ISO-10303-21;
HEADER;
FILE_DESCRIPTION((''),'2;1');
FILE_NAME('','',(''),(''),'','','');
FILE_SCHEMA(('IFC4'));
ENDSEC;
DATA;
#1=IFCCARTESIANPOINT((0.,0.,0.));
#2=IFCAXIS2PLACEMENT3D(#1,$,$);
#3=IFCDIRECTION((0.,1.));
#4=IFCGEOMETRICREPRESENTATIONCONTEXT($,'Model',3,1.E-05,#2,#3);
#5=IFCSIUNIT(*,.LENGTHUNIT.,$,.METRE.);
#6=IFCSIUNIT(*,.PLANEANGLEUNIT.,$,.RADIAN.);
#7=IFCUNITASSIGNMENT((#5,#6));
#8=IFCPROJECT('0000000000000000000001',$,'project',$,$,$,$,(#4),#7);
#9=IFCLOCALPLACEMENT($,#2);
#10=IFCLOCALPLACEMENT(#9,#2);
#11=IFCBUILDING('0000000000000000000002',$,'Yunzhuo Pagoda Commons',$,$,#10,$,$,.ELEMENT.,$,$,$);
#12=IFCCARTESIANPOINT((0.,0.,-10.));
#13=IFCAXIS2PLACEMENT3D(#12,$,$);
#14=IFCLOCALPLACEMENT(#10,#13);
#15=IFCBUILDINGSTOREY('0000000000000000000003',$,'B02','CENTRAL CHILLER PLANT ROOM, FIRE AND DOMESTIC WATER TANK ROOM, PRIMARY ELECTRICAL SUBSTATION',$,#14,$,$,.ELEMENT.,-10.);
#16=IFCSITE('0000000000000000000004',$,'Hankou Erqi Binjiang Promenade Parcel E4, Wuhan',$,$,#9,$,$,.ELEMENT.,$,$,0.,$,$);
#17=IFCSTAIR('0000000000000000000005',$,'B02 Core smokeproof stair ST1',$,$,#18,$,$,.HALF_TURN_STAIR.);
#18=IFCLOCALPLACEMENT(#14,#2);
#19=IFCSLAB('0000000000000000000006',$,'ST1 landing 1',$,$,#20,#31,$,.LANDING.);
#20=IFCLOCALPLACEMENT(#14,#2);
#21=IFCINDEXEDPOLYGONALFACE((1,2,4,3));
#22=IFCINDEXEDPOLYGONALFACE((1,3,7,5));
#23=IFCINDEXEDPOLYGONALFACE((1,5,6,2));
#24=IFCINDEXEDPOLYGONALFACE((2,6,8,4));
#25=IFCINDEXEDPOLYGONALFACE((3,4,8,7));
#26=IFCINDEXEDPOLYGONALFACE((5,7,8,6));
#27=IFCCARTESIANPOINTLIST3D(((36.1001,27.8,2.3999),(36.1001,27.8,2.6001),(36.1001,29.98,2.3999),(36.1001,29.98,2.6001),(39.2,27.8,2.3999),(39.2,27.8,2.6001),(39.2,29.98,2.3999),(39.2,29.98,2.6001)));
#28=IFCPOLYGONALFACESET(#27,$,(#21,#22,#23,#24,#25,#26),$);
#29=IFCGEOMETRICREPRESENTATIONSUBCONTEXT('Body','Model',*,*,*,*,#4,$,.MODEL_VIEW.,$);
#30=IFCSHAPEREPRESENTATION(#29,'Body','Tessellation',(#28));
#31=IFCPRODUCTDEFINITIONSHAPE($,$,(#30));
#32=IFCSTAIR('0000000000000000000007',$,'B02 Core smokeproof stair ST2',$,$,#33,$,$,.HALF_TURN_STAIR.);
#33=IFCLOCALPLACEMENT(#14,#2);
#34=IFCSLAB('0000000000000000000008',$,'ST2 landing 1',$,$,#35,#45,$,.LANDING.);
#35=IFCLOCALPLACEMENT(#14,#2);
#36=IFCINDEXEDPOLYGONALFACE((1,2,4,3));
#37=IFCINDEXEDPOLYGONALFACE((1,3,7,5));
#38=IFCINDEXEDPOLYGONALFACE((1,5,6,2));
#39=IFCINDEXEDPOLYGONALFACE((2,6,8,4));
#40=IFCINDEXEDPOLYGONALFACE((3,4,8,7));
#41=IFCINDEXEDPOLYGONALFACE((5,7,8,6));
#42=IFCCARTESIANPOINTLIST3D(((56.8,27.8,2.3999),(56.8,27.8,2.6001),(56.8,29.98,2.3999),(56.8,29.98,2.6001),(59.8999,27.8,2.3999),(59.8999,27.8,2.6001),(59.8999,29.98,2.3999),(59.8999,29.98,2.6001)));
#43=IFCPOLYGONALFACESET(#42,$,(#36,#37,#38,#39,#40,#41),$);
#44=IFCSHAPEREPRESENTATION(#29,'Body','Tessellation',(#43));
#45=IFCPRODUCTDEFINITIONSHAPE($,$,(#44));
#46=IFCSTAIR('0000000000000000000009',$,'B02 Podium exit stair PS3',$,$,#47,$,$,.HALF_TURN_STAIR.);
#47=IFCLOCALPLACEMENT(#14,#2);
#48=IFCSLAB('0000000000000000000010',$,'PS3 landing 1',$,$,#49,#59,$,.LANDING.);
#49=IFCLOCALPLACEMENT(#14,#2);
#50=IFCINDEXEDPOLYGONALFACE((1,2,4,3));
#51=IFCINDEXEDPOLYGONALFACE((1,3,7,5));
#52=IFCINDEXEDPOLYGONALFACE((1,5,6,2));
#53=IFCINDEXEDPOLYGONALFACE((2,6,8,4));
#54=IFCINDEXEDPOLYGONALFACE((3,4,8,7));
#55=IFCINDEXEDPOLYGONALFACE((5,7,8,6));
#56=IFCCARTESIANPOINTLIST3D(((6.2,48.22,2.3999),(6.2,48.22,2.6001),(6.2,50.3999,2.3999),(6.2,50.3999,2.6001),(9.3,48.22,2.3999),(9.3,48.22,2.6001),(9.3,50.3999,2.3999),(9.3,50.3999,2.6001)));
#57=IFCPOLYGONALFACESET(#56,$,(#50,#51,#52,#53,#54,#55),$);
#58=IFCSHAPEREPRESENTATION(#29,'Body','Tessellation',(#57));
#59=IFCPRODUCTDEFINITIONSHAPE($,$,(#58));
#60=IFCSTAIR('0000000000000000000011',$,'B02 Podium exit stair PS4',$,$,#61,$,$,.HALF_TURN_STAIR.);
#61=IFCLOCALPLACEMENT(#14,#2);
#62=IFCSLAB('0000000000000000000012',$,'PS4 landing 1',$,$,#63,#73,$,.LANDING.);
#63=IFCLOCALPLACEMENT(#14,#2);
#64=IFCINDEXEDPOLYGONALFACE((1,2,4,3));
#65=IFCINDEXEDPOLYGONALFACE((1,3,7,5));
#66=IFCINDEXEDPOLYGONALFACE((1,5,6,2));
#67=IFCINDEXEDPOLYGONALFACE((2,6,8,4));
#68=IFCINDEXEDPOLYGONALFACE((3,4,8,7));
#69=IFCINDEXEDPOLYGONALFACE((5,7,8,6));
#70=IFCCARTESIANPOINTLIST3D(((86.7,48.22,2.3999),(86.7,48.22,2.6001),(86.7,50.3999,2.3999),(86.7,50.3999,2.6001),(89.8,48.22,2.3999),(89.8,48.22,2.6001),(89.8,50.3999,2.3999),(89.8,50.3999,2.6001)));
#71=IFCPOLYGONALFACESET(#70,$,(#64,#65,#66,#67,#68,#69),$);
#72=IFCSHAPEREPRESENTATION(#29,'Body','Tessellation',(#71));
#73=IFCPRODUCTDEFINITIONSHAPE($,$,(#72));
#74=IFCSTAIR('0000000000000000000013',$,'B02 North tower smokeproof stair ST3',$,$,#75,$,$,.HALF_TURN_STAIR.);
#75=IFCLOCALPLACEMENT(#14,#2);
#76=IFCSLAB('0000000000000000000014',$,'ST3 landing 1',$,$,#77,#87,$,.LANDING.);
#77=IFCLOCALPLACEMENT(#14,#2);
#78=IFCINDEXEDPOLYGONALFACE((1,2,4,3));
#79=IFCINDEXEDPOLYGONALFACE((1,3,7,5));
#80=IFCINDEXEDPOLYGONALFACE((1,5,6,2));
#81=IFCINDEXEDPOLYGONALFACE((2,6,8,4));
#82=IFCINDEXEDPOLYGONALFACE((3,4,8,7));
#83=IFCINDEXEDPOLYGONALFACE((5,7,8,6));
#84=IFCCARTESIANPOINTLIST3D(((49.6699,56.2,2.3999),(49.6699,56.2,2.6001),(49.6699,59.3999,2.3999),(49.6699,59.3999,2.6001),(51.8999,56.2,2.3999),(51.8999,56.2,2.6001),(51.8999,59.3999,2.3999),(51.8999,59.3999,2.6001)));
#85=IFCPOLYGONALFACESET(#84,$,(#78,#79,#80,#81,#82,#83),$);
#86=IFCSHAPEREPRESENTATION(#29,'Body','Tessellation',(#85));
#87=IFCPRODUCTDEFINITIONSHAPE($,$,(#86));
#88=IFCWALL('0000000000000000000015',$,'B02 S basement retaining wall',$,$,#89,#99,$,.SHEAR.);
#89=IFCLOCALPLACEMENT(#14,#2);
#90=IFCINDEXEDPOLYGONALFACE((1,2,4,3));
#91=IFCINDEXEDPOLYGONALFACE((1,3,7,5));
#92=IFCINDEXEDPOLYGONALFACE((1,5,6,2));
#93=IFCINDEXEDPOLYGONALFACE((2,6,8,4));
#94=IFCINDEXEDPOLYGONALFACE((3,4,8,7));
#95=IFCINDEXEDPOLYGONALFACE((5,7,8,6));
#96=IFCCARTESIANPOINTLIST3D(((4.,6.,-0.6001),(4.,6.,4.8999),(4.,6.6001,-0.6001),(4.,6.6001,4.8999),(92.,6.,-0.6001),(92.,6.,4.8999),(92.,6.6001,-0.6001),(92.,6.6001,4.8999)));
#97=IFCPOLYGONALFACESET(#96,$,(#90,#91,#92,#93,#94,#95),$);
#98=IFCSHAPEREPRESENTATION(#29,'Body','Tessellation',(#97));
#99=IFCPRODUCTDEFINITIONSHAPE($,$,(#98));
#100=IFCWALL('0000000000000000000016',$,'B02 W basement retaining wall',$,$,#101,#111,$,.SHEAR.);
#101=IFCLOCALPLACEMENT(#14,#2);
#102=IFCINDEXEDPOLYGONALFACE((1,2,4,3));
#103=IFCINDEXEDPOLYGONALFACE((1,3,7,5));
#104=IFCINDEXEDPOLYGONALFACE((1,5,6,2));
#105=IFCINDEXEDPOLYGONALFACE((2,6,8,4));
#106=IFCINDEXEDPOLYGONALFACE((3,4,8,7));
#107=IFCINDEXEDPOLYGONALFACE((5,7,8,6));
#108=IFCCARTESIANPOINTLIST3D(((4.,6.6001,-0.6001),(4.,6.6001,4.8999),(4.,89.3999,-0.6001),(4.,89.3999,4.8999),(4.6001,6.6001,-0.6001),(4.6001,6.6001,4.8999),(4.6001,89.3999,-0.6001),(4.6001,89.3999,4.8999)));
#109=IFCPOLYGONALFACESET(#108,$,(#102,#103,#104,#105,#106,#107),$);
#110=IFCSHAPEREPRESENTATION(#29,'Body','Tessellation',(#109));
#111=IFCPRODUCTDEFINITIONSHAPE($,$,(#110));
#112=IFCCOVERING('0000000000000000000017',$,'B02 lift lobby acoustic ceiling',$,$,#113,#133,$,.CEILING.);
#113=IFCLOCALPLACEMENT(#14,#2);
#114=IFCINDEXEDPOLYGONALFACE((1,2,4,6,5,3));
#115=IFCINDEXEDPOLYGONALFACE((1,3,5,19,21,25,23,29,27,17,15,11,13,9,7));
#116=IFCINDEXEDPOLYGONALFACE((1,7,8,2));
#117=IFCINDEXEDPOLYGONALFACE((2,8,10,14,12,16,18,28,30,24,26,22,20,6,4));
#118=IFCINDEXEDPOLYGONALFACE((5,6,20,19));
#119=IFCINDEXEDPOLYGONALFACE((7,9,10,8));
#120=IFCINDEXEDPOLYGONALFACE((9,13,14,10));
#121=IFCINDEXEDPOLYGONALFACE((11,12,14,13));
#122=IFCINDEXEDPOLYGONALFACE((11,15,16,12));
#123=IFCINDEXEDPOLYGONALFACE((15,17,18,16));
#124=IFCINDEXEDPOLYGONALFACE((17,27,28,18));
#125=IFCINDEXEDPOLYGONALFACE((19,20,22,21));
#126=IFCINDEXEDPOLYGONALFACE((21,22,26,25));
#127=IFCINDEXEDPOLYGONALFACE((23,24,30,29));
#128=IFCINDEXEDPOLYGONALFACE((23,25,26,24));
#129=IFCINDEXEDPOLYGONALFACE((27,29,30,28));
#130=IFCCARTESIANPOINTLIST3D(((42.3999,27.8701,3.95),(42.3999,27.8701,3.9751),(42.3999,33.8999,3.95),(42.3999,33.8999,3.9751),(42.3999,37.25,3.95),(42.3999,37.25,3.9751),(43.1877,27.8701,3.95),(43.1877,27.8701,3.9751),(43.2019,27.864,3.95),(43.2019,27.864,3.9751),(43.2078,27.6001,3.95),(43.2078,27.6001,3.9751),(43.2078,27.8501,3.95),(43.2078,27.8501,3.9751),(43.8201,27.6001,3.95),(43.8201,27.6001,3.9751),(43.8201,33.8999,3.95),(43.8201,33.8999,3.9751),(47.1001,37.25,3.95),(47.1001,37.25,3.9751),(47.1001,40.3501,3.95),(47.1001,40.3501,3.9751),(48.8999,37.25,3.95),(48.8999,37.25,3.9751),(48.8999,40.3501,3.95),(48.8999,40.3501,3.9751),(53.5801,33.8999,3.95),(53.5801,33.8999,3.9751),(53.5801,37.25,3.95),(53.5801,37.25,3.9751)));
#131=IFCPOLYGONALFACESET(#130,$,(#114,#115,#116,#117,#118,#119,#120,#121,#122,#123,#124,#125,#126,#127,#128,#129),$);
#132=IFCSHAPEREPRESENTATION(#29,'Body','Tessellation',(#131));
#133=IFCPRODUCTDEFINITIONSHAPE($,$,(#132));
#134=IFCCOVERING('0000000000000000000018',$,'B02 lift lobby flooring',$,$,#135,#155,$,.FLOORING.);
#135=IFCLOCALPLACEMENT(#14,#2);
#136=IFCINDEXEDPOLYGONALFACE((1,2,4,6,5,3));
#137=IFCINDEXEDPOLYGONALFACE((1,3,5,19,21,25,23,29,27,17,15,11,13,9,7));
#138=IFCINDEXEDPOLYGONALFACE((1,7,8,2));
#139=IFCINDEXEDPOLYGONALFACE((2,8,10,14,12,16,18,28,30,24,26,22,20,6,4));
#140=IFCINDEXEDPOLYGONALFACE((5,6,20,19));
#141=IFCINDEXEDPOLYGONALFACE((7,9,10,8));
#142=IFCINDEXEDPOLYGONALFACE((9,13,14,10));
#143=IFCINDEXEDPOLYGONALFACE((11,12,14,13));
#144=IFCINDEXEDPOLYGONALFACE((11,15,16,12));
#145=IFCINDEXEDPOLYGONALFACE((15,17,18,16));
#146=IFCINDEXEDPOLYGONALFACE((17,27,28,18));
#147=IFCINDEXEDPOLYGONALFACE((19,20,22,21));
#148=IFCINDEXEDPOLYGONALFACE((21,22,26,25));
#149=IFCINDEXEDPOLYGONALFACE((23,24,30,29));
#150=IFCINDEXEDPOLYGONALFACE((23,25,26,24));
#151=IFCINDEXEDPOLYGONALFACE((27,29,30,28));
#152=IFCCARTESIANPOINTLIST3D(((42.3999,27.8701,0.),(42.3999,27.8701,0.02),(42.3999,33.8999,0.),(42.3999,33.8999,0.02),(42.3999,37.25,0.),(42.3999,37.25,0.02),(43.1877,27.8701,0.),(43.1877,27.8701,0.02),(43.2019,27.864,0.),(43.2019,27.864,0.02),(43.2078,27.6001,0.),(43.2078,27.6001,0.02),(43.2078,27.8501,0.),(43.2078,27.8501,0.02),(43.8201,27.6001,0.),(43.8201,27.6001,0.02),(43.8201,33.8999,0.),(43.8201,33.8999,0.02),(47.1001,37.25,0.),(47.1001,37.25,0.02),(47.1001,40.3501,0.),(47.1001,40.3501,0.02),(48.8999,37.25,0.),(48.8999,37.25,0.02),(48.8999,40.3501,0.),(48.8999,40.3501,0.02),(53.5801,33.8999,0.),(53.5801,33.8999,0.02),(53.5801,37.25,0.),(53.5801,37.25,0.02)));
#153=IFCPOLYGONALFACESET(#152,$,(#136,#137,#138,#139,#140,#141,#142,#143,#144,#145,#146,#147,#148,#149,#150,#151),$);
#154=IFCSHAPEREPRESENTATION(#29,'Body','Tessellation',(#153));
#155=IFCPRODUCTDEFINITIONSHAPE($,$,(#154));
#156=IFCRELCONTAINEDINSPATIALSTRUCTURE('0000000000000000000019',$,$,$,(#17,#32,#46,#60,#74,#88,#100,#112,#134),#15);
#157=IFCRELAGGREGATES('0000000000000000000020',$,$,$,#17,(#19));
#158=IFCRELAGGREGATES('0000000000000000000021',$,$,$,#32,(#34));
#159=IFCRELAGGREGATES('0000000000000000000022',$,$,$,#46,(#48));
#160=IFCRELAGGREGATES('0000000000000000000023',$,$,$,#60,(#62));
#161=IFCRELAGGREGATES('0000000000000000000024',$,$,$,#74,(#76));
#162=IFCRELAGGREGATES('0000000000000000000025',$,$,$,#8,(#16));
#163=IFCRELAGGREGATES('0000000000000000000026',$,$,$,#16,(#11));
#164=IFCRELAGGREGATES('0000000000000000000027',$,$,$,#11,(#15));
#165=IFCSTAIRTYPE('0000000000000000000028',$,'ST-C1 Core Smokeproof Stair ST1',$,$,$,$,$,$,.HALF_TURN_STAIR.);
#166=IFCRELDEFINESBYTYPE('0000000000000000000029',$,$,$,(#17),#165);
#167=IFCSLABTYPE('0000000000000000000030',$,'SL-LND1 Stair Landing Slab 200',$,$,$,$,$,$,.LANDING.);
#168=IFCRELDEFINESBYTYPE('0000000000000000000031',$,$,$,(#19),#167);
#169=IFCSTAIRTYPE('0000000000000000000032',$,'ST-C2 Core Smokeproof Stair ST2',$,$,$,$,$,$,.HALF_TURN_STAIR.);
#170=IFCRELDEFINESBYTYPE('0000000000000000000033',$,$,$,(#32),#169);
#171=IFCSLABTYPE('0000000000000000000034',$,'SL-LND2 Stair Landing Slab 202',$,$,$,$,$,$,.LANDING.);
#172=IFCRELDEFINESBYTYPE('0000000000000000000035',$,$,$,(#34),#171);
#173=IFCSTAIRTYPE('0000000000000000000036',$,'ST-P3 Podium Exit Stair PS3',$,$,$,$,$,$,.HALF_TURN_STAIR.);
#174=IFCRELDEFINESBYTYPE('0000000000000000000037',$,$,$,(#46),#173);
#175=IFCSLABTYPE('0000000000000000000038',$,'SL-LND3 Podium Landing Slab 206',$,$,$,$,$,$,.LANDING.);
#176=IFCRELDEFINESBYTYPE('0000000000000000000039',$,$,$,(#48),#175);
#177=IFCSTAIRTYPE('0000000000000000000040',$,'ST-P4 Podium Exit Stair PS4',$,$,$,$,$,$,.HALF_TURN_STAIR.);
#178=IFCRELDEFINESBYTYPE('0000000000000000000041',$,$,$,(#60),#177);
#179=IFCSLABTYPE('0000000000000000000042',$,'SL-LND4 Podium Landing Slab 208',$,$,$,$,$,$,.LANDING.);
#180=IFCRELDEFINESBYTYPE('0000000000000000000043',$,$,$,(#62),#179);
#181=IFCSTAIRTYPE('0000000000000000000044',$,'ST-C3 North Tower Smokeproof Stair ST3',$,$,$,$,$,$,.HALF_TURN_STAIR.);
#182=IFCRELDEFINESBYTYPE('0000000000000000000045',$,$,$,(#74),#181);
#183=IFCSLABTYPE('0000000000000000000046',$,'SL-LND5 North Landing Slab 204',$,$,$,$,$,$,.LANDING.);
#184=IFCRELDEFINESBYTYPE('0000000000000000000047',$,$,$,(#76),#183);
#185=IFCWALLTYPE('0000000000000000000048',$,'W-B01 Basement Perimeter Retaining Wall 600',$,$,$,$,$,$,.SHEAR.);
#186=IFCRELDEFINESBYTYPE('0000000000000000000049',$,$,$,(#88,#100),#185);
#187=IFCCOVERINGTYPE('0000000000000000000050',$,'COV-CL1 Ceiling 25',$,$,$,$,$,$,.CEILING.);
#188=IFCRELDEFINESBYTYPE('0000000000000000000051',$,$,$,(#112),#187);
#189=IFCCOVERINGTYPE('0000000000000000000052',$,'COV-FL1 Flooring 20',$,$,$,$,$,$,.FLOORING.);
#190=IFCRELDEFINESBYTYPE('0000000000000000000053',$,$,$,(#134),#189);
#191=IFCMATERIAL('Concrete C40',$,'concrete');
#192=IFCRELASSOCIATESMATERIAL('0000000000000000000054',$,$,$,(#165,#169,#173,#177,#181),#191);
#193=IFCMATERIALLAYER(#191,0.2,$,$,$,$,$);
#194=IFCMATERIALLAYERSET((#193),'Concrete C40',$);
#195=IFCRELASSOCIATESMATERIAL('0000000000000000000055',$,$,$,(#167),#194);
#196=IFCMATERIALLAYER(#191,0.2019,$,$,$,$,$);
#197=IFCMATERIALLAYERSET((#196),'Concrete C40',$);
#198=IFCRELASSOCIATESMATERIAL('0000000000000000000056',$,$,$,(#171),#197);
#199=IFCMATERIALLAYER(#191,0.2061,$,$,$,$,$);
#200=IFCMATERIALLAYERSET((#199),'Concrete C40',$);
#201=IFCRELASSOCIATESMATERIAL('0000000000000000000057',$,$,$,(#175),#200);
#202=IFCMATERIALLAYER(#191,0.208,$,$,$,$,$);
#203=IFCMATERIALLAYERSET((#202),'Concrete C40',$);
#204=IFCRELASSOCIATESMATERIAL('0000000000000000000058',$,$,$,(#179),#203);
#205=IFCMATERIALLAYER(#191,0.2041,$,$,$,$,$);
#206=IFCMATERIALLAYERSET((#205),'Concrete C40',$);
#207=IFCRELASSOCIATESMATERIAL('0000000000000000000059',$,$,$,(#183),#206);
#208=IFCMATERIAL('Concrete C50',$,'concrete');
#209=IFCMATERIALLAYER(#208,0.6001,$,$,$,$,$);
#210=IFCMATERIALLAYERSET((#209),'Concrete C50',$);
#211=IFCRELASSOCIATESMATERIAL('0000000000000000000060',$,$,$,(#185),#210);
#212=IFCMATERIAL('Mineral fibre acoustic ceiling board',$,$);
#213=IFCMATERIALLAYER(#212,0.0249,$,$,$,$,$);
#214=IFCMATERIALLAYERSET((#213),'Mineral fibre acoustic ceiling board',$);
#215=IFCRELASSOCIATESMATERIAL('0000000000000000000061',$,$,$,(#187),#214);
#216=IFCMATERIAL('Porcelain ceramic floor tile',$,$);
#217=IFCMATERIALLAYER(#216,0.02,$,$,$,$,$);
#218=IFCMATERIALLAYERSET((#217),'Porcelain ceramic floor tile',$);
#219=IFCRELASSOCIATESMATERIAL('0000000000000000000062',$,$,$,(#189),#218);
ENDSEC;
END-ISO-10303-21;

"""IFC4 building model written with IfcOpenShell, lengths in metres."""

from ifc_helpers import new_model, si_unit, direction, frame, frame_2d, origin, place, context, subcontext, project, spatial, polyline, rectangle, outline, extrude, material, layer, layer_set, type_object, element, aggregate, save


model = new_model("IFC4")

# Units and contexts
model_context = context("Model", 3, precision=1e-05, world=origin(), true_north=direction((0.0, 1.0)))
body_context = subcontext(model_context, "Body", "Model", "MODEL_VIEW")
ifc_project = project(units=[si_unit("LENGTHUNIT", "METRE"), si_unit("PLANEANGLEUNIT", "RADIAN")], contexts=[model_context])

# Site, building, storey
site_placement = place(None, origin())
site = spatial("IfcSite", under=ifc_project, at=site_placement, Name="Hankou Erqi Binjiang Promenade Parcel E4, Wuhan", CompositionType="ELEMENT", RefElevation=0.0)
building_placement = place(site_placement, origin())
building = spatial("IfcBuilding", under=site, at=building_placement, Name="Yunzhuo Pagoda Commons", CompositionType="ELEMENT")
storey_placement = place(building_placement, frame((0.0, 0.0, -10.0)))
storey = spatial("IfcBuildingStorey", under=building, at=storey_placement, Name="B02", Description="CENTRAL CHILLER PLANT ROOM, FIRE AND DOMESTIC WATER TANK ROOM, PRIMARY ELECTRICAL SUBSTATION", CompositionType="ELEMENT", Elevation=-10.0)

# Shared definitions
ifc_material_1 = material(Name="Concrete C50", Category="concrete")

# Shared definitions
ifc_material_2 = material(Name="Concrete C40", Category="concrete")

# Stairs, slabs
stair_type_1 = type_object("IfcStairType", Name="ST-C1 Core Smokeproof Stair ST1", PredefinedType="HALF_TURN_STAIR", material=ifc_material_2)
stair_1_placement = place(storey_placement, origin())
stair_1 = element("IfcStair", 1, at=stair_1_placement, inside=storey, type_object=stair_type_1, Name="B02 Core smokeproof stair ST1", PredefinedType="HALF_TURN_STAIR")
ifc_layer_1 = layer(ifc_material_2, 0.2)
ifc_layer_set_1 = layer_set([ifc_layer_1], Name="Concrete C40")
slab_type_1 = type_object("IfcSlabType", Name="SL-LND1 Stair Landing Slab 200", PredefinedType="LANDING", material=ifc_layer_set_1)
slab_1_placement = place(storey_placement, frame((0.0, 0.0, 2.3999)))
slab_1 = element("IfcSlab", 2, at=slab_1_placement, type_object=slab_type_1, Name="ST1 landing 1", PredefinedType="LANDING", context=body_context, shape_type="SweptSolid", body=[
    extrude(outline(polyline([(36.1001, 29.98), (36.1001, 27.8), (39.2, 27.8), (39.2, 29.98), (36.1001, 29.98)])), origin(), (0.0, 0.0, 1.0), 0.2002),
])
aggregate(stair_1, [slab_1])
stair_type_2 = type_object("IfcStairType", Name="ST-C2 Core Smokeproof Stair ST2", PredefinedType="HALF_TURN_STAIR", material=ifc_material_2)
stair_2_placement = place(storey_placement, origin())
stair_2 = element("IfcStair", 3, at=stair_2_placement, inside=storey, type_object=stair_type_2, Name="B02 Core smokeproof stair ST2", PredefinedType="HALF_TURN_STAIR")
ifc_layer_2 = layer(ifc_material_2, 0.2019)
ifc_layer_set_2 = layer_set([ifc_layer_2], Name="Concrete C40")
slab_type_2 = type_object("IfcSlabType", Name="SL-LND2 Stair Landing Slab 202", PredefinedType="LANDING", material=ifc_layer_set_2)
slab_2_placement = place(storey_placement, frame((0.0, 0.0, 2.3999)))
slab_2 = element("IfcSlab", 4, at=slab_2_placement, type_object=slab_type_2, Name="ST2 landing 1", PredefinedType="LANDING", context=body_context, shape_type="SweptSolid", body=[
    extrude(outline(polyline([(56.8, 29.98), (56.8, 27.8), (59.8999, 27.8), (59.8999, 29.98), (56.8, 29.98)])), origin(), (0.0, 0.0, 1.0), 0.2002),
])
aggregate(stair_2, [slab_2])
stair_type_3 = type_object("IfcStairType", Name="ST-P3 Podium Exit Stair PS3", PredefinedType="HALF_TURN_STAIR", material=ifc_material_2)
stair_3_placement = place(storey_placement, origin())
stair_3 = element("IfcStair", 5, at=stair_3_placement, inside=storey, type_object=stair_type_3, Name="B02 Podium exit stair PS3", PredefinedType="HALF_TURN_STAIR")
ifc_layer_3 = layer(ifc_material_2, 0.2061)
ifc_layer_set_3 = layer_set([ifc_layer_3], Name="Concrete C40")
slab_type_3 = type_object("IfcSlabType", Name="SL-LND3 Podium Landing Slab 206", PredefinedType="LANDING", material=ifc_layer_set_3)
slab_3_placement = place(storey_placement, frame((0.0, 0.0, 2.3999)))
slab_3 = element("IfcSlab", 6, at=slab_3_placement, type_object=slab_type_3, Name="PS3 landing 1", PredefinedType="LANDING", context=body_context, shape_type="SweptSolid", body=[
    extrude(outline(polyline([(9.3, 48.22), (9.3, 50.3999), (6.2, 50.3999), (6.2, 48.22), (9.3, 48.22)])), origin(), (0.0, 0.0, 1.0), 0.2002),
])
aggregate(stair_3, [slab_3])
stair_type_4 = type_object("IfcStairType", Name="ST-P4 Podium Exit Stair PS4", PredefinedType="HALF_TURN_STAIR", material=ifc_material_2)
stair_4_placement = place(storey_placement, origin())
stair_4 = element("IfcStair", 7, at=stair_4_placement, inside=storey, type_object=stair_type_4, Name="B02 Podium exit stair PS4", PredefinedType="HALF_TURN_STAIR")
ifc_layer_4 = layer(ifc_material_2, 0.208)
ifc_layer_set_4 = layer_set([ifc_layer_4], Name="Concrete C40")
slab_type_4 = type_object("IfcSlabType", Name="SL-LND4 Podium Landing Slab 208", PredefinedType="LANDING", material=ifc_layer_set_4)
slab_4_placement = place(storey_placement, frame((0.0, 0.0, 2.3999)))
slab_4 = element("IfcSlab", 8, at=slab_4_placement, type_object=slab_type_4, Name="PS4 landing 1", PredefinedType="LANDING", context=body_context, shape_type="SweptSolid", body=[
    extrude(outline(polyline([(89.8, 48.22), (89.8, 50.3999), (86.7, 50.3999), (86.7, 48.22), (89.8, 48.22)])), origin(), (0.0, 0.0, 1.0), 0.2002),
])
aggregate(stair_4, [slab_4])
stair_type_5 = type_object("IfcStairType", Name="ST-C3 North Tower Smokeproof Stair ST3", PredefinedType="HALF_TURN_STAIR", material=ifc_material_2)
stair_5_placement = place(storey_placement, origin())
stair_5 = element("IfcStair", 9, at=stair_5_placement, inside=storey, type_object=stair_type_5, Name="B02 North tower smokeproof stair ST3", PredefinedType="HALF_TURN_STAIR")
ifc_layer_5 = layer(ifc_material_2, 0.2041)
ifc_layer_set_5 = layer_set([ifc_layer_5], Name="Concrete C40")
slab_type_5 = type_object("IfcSlabType", Name="SL-LND5 North Landing Slab 204", PredefinedType="LANDING", material=ifc_layer_set_5)
slab_5_placement = place(storey_placement, frame((0.0, 0.0, 2.3999)))
slab_5 = element("IfcSlab", 10, at=slab_5_placement, type_object=slab_type_5, Name="ST3 landing 1", PredefinedType="LANDING", context=body_context, shape_type="SweptSolid", body=[
    extrude(outline(polyline([(49.6699, 56.2), (51.8999, 56.2), (51.8999, 59.3999), (49.6699, 59.3999), (49.6699, 56.2)])), origin(), (0.0, 0.0, 1.0), 0.2002),
])
aggregate(stair_5, [slab_5])

# Walls
ifc_layer_6 = layer(ifc_material_1, 0.6001)
ifc_layer_set_6 = layer_set([ifc_layer_6], Name="Concrete C50")
wall_type = type_object("IfcWallType", Name="W-B01 Basement Perimeter Retaining Wall 600", PredefinedType="SHEAR", material=ifc_layer_set_6)
wall_1_placement = place(storey_placement, frame((4.0, 6.3, -0.6001), z_axis=(0.0, 0.0, 1.0), x_axis=(1.0, 0.0, 0.0)))
element("IfcWall", 11, at=wall_1_placement, inside=storey, type_object=wall_type, Name="B02 S basement retaining wall", PredefinedType="SHEAR", context=body_context, shape_type="SweptSolid", body=[
    extrude(rectangle(XDim=88.0, YDim=0.6001, at=frame_2d((44.0, 0.0))), origin(), (0.0, 0.0, 1.0), 5.5),
])
wall_2_placement = place(storey_placement, frame((4.3, 6.6001, -0.6001), z_axis=(0.0, 0.0, 1.0), x_axis=(0.0, 1.0, 0.0)))
element("IfcWall", 12, at=wall_2_placement, inside=storey, type_object=wall_type, Name="B02 W basement retaining wall", PredefinedType="SHEAR", context=body_context, shape_type="SweptSolid", body=[
    extrude(rectangle(XDim=82.7998, YDim=0.6001, at=frame_2d((41.3999, 0.0))), origin(), (0.0, 0.0, 1.0), 5.5),
])

# Coverings
ifc_material_3 = material(Name="Mineral fibre acoustic ceiling board")
ifc_layer_7 = layer(ifc_material_3, 0.0249)
ifc_layer_set_7 = layer_set([ifc_layer_7], Name="Mineral fibre acoustic ceiling board")
covering_type_1 = type_object("IfcCoveringType", Name="COV-CL1 Ceiling 25", PredefinedType="CEILING", material=ifc_layer_set_7)
covering_1_placement = place(storey_placement, frame((0.0, 0.0, 3.95)))
element("IfcCovering", 13, at=covering_1_placement, inside=storey, type_object=covering_type_1, Name="B02 lift lobby acoustic ceiling", PredefinedType="CEILING", context=body_context, shape_type="SweptSolid", body=[
    extrude(outline(polyline([(43.2078, 27.8501), (43.2019, 27.864), (43.1877, 27.8701), (42.3999, 27.8701), (42.3999, 33.8999), (42.3999, 37.25), (47.1001, 37.25), (47.1001, 40.3501), (48.8999, 40.3501), (48.8999, 37.25), (53.5801, 37.25), (53.5801, 33.8999), (43.8201, 33.8999), (43.8201, 27.6001), (43.2078, 27.6001), (43.2078, 27.8501)])), origin(), (0.0, 0.0, 1.0), 0.0251),
])
ifc_material_4 = material(Name="Porcelain ceramic floor tile")
ifc_layer_8 = layer(ifc_material_4, 0.02)
ifc_layer_set_8 = layer_set([ifc_layer_8], Name="Porcelain ceramic floor tile")
covering_type_2 = type_object("IfcCoveringType", Name="COV-FL1 Flooring 20", PredefinedType="FLOORING", material=ifc_layer_set_8)
covering_2_placement = place(storey_placement, origin())
element("IfcCovering", 14, at=covering_2_placement, inside=storey, type_object=covering_type_2, Name="B02 lift lobby flooring", PredefinedType="FLOORING", context=body_context, shape_type="SweptSolid", body=[
    extrude(outline(polyline([(43.2078, 27.8501), (43.2019, 27.864), (43.1877, 27.8701), (42.3999, 27.8701), (42.3999, 33.8999), (42.3999, 37.25), (47.1001, 37.25), (47.1001, 40.3501), (48.8999, 40.3501), (48.8999, 37.25), (53.5801, 37.25), (53.5801, 33.8999), (43.8201, 33.8999), (43.8201, 27.6001), (43.2078, 27.6001), (43.2078, 27.8501)])), origin(), (0.0, 0.0, 1.0), 0.02),
])

save(model, "model.ifc")
